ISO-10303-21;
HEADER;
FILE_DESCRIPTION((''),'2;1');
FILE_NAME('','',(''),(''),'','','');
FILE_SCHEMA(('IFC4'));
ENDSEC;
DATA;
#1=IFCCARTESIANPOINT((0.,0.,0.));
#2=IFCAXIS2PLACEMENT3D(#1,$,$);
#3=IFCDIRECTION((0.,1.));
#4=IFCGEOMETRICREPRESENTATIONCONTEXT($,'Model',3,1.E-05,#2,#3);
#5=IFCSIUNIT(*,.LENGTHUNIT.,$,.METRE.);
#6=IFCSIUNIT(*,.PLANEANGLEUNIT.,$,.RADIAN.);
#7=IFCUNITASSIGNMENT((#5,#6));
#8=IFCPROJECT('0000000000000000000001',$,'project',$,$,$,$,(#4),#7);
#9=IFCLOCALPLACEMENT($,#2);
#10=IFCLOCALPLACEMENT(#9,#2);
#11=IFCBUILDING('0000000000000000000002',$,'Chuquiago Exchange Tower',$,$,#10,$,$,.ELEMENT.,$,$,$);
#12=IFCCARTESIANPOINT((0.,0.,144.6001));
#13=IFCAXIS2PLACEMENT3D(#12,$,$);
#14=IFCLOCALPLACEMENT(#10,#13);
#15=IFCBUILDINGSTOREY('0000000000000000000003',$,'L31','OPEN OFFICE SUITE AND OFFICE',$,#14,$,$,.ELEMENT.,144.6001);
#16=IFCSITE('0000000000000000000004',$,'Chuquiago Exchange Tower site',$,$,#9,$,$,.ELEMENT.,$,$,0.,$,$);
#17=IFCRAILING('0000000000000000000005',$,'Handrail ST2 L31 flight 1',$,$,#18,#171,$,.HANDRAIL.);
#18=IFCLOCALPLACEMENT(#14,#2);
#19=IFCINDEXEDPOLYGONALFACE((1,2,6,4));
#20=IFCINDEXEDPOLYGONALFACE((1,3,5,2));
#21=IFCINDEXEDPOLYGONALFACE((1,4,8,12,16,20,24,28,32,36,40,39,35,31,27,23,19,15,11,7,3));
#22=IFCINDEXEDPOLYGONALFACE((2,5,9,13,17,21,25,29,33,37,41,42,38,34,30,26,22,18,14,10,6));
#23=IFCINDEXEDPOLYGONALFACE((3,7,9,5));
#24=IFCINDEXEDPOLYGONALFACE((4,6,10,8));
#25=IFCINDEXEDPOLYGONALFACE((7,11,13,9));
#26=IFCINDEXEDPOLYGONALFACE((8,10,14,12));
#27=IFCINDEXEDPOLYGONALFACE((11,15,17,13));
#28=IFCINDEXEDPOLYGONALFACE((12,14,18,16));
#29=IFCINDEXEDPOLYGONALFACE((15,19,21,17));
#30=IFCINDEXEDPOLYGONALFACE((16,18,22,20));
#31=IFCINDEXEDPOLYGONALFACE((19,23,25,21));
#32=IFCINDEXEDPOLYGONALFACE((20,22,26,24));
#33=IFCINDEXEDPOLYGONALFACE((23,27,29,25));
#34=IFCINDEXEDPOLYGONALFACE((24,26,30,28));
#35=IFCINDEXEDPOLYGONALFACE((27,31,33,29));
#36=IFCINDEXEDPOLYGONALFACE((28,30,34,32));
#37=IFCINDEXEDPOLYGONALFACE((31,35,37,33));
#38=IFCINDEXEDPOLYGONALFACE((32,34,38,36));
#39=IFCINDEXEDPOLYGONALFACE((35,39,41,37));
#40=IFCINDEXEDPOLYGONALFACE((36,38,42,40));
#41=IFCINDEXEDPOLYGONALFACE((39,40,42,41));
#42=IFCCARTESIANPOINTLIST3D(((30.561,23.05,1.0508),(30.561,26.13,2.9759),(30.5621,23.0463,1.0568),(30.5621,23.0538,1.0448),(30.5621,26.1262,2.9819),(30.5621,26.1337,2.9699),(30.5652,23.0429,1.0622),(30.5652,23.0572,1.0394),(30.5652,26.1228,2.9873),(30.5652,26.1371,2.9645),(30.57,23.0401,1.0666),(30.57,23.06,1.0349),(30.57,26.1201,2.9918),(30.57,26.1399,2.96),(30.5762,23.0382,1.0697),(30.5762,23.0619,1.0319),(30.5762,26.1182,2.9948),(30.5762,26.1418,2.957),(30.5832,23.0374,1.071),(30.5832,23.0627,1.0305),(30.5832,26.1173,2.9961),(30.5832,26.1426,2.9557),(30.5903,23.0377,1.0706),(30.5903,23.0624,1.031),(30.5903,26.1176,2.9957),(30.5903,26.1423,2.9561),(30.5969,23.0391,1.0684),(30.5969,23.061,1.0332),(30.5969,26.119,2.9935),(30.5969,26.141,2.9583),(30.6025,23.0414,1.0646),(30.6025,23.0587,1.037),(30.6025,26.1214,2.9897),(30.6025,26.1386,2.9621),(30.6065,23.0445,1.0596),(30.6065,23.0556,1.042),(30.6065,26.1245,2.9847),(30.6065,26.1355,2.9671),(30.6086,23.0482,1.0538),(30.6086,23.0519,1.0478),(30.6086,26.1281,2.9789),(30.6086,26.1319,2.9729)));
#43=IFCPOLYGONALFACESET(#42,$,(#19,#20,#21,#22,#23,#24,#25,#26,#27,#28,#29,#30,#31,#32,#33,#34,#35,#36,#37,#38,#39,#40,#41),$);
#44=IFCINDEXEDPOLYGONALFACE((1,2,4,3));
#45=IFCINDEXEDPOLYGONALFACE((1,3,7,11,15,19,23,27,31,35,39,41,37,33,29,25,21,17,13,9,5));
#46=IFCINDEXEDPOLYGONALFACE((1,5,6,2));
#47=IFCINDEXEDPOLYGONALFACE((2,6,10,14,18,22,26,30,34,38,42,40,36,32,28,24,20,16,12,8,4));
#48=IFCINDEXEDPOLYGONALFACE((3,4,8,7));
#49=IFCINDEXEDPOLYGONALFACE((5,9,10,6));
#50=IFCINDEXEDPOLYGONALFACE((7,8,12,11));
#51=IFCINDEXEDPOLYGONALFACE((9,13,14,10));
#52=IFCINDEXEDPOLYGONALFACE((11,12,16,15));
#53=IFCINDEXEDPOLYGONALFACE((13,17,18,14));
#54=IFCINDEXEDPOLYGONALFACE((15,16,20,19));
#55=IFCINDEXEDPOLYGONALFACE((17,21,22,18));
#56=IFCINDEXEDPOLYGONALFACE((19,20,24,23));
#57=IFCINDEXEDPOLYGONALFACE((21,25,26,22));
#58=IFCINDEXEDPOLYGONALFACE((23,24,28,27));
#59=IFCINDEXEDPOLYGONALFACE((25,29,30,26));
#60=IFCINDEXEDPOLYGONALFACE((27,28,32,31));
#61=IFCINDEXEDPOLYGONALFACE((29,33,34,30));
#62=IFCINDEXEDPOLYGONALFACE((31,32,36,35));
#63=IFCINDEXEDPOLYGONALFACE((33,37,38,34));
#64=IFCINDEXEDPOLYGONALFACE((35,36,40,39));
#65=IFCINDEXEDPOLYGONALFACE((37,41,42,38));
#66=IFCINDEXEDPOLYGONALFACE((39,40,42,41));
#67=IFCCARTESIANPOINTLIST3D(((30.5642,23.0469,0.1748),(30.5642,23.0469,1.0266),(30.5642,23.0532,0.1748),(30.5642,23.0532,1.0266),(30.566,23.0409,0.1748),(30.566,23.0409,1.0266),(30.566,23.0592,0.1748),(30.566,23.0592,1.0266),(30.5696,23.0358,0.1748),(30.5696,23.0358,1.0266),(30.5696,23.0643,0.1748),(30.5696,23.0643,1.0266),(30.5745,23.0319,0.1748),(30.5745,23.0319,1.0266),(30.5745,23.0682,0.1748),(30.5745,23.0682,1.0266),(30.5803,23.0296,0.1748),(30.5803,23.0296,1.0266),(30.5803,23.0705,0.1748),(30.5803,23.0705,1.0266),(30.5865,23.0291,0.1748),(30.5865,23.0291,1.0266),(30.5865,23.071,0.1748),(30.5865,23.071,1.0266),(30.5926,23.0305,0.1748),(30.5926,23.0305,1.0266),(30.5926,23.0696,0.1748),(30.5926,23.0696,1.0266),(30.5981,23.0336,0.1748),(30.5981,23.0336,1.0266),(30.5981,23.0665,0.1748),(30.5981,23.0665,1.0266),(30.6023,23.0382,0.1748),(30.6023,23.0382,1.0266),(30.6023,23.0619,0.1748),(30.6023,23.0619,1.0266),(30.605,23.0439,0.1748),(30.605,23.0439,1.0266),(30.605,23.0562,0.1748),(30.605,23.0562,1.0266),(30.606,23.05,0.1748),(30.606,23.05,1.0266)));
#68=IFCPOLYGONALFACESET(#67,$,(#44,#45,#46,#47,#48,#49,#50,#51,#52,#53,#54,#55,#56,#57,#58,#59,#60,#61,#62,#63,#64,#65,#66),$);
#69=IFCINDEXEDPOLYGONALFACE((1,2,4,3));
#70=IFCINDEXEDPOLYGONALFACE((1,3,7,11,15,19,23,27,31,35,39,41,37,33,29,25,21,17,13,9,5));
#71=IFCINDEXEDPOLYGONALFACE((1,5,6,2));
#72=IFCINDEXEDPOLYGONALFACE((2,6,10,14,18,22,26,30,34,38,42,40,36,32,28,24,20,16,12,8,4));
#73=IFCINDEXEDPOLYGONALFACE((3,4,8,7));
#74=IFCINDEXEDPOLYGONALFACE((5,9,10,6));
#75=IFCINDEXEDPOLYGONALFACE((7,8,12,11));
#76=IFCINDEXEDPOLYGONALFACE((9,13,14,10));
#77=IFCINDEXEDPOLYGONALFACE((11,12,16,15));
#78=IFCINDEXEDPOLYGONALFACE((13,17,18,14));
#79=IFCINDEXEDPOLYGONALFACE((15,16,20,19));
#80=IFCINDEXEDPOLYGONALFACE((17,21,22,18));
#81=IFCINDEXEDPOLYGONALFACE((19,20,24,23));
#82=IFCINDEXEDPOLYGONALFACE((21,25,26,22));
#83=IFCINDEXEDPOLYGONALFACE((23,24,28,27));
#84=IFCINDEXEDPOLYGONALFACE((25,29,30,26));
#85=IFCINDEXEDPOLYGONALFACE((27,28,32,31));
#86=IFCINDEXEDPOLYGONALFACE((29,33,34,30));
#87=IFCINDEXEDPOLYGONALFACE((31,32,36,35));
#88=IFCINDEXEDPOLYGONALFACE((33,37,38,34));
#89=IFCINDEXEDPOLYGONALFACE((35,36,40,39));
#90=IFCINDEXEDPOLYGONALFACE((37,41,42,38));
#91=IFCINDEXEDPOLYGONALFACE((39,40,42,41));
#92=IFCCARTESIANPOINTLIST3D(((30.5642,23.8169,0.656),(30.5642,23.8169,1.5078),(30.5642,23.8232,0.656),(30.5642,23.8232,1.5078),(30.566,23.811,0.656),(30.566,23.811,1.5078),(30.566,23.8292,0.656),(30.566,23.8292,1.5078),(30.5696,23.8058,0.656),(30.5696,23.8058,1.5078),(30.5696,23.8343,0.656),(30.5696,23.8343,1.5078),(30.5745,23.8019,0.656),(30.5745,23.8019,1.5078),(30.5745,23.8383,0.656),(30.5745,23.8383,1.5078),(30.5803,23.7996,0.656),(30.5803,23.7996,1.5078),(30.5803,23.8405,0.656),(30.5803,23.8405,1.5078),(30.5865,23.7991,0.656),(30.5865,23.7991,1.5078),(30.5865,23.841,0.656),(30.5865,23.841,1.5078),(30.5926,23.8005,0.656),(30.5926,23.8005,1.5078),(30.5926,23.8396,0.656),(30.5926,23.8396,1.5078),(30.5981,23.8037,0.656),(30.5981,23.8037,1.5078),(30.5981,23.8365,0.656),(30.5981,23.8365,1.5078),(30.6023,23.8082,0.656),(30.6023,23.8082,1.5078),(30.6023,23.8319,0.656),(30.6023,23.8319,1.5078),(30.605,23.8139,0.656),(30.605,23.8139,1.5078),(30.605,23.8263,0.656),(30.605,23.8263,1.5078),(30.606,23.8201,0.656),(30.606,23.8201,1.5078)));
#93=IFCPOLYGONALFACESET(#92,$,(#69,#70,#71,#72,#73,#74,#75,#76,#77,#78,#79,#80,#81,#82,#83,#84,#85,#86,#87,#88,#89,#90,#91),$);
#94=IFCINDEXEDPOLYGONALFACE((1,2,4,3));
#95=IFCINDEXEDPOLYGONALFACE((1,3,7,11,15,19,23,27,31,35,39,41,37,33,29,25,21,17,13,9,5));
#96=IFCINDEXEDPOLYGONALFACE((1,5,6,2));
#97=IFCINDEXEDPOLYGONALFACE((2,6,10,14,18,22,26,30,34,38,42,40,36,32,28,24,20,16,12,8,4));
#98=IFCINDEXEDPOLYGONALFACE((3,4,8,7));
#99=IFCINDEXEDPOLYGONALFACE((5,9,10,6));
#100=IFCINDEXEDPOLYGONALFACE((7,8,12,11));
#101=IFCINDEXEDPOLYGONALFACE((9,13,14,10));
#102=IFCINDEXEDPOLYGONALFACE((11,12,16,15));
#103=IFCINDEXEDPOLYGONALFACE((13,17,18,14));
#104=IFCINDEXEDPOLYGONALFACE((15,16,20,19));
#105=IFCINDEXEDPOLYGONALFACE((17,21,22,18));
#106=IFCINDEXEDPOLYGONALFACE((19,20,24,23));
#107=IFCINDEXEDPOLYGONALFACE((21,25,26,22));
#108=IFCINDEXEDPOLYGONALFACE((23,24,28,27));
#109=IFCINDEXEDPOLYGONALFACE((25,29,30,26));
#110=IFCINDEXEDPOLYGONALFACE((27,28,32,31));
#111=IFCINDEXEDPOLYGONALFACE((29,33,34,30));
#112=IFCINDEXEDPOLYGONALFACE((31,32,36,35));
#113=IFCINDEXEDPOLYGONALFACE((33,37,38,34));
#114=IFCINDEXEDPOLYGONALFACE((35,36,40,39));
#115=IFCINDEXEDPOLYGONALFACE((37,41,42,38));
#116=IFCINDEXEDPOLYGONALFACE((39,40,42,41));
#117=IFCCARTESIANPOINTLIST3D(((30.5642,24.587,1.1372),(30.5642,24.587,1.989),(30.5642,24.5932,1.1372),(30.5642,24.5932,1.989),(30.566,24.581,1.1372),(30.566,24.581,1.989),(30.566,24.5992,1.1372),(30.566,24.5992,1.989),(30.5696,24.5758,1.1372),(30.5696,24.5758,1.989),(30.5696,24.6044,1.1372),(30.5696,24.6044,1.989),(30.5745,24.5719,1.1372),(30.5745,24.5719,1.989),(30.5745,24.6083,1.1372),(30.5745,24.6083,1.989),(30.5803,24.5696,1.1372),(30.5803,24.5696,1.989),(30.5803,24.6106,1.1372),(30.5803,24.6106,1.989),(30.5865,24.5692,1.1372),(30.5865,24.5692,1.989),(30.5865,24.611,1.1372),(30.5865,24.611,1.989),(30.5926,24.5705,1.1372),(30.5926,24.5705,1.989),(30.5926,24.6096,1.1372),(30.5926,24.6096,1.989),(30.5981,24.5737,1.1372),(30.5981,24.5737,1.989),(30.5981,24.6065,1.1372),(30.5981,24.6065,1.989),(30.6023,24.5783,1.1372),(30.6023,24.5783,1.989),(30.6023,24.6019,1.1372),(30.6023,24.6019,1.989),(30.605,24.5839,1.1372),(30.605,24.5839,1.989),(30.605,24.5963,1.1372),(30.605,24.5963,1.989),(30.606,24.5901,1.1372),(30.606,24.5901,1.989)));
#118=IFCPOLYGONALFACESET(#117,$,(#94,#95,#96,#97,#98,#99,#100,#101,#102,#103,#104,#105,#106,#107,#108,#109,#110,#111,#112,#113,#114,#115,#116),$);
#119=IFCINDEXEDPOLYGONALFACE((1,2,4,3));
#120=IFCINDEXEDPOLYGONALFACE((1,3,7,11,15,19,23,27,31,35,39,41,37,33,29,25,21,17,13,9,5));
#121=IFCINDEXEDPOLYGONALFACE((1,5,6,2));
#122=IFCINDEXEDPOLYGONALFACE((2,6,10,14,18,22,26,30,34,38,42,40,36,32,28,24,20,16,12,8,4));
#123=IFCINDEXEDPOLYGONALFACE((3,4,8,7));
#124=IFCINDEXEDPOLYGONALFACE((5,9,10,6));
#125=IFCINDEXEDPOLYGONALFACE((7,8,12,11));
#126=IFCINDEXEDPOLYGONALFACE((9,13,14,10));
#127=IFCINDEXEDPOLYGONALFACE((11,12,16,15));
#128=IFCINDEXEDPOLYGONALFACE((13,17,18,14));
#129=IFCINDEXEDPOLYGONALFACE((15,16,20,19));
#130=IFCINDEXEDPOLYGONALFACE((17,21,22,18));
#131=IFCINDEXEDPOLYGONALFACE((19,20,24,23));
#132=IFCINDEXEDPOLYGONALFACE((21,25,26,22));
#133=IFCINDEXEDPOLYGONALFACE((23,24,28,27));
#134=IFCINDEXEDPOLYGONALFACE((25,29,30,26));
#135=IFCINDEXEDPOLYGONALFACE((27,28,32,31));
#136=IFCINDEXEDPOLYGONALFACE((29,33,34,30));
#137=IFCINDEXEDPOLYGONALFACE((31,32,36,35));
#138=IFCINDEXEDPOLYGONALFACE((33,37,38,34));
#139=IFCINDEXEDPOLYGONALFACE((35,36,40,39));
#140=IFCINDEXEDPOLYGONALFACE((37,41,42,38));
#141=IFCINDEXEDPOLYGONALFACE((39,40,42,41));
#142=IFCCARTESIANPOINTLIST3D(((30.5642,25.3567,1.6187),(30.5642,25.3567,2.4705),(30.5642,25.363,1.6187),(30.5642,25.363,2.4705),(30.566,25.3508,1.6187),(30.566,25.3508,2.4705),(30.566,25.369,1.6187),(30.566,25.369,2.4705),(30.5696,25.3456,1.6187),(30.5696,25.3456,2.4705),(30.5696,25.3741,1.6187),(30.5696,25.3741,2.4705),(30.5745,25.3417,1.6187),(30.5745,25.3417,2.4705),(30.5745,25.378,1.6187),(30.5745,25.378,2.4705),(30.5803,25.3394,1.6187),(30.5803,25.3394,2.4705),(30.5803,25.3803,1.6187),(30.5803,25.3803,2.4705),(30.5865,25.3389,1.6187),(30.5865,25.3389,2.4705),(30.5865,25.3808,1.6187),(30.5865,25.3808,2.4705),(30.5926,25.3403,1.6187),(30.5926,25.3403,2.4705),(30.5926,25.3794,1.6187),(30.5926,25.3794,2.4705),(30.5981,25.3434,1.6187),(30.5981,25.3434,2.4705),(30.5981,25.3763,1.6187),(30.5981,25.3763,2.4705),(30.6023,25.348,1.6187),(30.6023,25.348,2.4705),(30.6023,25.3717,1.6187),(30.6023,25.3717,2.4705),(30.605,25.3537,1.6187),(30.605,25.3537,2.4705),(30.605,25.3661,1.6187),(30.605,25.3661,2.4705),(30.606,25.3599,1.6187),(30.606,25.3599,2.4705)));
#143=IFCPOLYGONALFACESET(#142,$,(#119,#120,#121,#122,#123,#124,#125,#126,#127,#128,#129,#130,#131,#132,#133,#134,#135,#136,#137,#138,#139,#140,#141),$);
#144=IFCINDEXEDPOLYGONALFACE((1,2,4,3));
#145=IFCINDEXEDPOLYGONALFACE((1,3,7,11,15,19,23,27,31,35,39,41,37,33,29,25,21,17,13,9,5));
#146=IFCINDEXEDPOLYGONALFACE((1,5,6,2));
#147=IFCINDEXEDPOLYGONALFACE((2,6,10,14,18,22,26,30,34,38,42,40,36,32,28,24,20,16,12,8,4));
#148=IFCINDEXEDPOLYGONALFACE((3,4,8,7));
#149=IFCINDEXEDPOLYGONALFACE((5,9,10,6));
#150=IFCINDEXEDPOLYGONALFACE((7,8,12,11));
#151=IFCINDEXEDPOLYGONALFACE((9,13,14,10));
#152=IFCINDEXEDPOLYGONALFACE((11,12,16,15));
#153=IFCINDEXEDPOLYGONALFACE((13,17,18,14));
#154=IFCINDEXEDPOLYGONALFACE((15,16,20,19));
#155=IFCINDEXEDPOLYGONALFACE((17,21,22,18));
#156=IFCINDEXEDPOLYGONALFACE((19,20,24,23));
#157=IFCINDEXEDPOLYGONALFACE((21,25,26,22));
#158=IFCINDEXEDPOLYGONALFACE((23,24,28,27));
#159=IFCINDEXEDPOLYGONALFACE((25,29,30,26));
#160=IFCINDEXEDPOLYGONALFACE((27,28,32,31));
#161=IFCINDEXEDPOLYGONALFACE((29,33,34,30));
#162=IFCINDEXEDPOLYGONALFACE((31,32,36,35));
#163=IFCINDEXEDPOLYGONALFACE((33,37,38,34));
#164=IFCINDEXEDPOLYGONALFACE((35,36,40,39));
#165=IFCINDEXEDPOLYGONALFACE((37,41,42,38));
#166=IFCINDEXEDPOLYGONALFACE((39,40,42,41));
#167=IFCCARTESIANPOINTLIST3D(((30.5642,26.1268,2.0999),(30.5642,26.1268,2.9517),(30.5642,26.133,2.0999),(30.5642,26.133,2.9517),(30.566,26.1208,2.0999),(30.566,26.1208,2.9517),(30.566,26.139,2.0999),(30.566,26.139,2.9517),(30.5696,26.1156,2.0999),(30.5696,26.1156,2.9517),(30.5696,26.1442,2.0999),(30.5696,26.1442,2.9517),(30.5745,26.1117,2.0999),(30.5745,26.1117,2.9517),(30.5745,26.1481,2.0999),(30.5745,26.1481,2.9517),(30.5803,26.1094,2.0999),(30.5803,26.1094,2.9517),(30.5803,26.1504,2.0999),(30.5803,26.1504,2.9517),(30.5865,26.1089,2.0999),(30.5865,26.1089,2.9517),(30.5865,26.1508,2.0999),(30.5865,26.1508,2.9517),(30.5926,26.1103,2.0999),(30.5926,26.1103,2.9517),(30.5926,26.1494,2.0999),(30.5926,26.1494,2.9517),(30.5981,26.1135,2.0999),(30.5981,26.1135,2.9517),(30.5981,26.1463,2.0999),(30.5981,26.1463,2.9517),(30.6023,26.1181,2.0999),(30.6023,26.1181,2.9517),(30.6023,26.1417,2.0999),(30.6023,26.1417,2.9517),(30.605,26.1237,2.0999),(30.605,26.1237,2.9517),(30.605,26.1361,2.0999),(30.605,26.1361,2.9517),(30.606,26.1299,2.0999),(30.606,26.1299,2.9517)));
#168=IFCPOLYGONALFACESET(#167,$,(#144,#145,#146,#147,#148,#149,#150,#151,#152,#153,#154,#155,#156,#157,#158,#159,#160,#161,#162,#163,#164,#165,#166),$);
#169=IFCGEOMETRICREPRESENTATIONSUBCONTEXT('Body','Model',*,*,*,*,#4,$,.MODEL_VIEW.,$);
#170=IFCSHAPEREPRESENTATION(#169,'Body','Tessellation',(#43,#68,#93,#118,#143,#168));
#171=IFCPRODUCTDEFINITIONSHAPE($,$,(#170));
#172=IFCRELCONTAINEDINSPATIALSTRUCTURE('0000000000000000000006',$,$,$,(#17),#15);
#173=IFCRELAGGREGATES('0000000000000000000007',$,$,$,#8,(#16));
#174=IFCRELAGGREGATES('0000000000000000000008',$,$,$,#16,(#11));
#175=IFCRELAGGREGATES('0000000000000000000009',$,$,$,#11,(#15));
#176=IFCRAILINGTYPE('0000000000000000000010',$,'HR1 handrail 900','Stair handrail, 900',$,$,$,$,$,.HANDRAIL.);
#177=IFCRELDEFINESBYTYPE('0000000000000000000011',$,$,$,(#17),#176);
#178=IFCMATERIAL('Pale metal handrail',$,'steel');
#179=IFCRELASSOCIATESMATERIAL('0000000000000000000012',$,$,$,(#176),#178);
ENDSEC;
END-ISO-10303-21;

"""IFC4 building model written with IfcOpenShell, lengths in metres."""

from ifc_helpers import new_model, si_unit, direction, frame, origin, origin_2d, place, context, subcontext, project, spatial, circle, extrude, material, type_object, element, save


model = new_model("IFC4")

# Units and contexts
model_context = context("Model", 3, precision=1e-05, world=origin(), true_north=direction((0.0, 1.0)))
body_context = subcontext(model_context, "Body", "Model", "MODEL_VIEW")
ifc_project = project(units=[si_unit("LENGTHUNIT", "METRE"), si_unit("PLANEANGLEUNIT", "RADIAN")], contexts=[model_context])

# Site, building, storey
site_placement = place(None, origin())
site = spatial("IfcSite", under=ifc_project, at=site_placement, Name="Chuquiago Exchange Tower site", CompositionType="ELEMENT", RefElevation=0.0)
building_placement = place(site_placement, origin())
building = spatial("IfcBuilding", under=site, at=building_placement, Name="Chuquiago Exchange Tower", CompositionType="ELEMENT")
storey_placement = place(building_placement, frame((0.0, 0.0, 144.6001)))
storey = spatial("IfcBuildingStorey", under=building, at=storey_placement, Name="L31", Description="OPEN OFFICE SUITE AND OFFICE", CompositionType="ELEMENT", Elevation=144.6001)

# Railing
ifc_material_1 = material(Name="Pale metal handrail", Category="steel")
railing_type_1 = type_object("IfcRailingType", Name="HR1 handrail 900", Description="Stair handrail, 900", PredefinedType="HANDRAIL", material=ifc_material_1)
railing_1_placement = place(storey_placement, frame((30.585, 23.05, 0.1748)))
element("IfcRailing", 1, at=railing_1_placement, inside=storey, type_object=railing_type_1, Name="Handrail ST2 L31 flight 1", PredefinedType="HANDRAIL", context=body_context, shape_type="SweptSolid", body=[
    extrude(circle(Radius=0.0239, at=origin_2d()), frame((0.0, 0.0, 0.876), z_axis=(0.0, 0.847979, 0.530029), x_axis=(-1.0, 0.0, 0.0)), (0.0, 0.0, 1.0), 3.6321),
    extrude(circle(Radius=0.021, at=origin_2d()), origin(), (0.0, 0.0, 1.0), 0.8518),
    extrude(circle(Radius=0.021, at=origin_2d()), frame((0.0, 0.77, 0.4812)), (0.0, 0.0, 1.0), 0.8518),
    extrude(circle(Radius=0.021, at=origin_2d()), frame((0.0, 1.54, 0.9624)), (0.0, 0.0, 1.0), 0.8518),
    extrude(circle(Radius=0.021, at=origin_2d()), frame((0.0, 2.3098, 1.4438)), (0.0, 0.0, 1.0), 0.8518),
    extrude(circle(Radius=0.021, at=origin_2d()), frame((0.0, 3.0798, 1.925)), (0.0, 0.0, 1.0), 0.8518),
])

save(model, "model.ifc")
